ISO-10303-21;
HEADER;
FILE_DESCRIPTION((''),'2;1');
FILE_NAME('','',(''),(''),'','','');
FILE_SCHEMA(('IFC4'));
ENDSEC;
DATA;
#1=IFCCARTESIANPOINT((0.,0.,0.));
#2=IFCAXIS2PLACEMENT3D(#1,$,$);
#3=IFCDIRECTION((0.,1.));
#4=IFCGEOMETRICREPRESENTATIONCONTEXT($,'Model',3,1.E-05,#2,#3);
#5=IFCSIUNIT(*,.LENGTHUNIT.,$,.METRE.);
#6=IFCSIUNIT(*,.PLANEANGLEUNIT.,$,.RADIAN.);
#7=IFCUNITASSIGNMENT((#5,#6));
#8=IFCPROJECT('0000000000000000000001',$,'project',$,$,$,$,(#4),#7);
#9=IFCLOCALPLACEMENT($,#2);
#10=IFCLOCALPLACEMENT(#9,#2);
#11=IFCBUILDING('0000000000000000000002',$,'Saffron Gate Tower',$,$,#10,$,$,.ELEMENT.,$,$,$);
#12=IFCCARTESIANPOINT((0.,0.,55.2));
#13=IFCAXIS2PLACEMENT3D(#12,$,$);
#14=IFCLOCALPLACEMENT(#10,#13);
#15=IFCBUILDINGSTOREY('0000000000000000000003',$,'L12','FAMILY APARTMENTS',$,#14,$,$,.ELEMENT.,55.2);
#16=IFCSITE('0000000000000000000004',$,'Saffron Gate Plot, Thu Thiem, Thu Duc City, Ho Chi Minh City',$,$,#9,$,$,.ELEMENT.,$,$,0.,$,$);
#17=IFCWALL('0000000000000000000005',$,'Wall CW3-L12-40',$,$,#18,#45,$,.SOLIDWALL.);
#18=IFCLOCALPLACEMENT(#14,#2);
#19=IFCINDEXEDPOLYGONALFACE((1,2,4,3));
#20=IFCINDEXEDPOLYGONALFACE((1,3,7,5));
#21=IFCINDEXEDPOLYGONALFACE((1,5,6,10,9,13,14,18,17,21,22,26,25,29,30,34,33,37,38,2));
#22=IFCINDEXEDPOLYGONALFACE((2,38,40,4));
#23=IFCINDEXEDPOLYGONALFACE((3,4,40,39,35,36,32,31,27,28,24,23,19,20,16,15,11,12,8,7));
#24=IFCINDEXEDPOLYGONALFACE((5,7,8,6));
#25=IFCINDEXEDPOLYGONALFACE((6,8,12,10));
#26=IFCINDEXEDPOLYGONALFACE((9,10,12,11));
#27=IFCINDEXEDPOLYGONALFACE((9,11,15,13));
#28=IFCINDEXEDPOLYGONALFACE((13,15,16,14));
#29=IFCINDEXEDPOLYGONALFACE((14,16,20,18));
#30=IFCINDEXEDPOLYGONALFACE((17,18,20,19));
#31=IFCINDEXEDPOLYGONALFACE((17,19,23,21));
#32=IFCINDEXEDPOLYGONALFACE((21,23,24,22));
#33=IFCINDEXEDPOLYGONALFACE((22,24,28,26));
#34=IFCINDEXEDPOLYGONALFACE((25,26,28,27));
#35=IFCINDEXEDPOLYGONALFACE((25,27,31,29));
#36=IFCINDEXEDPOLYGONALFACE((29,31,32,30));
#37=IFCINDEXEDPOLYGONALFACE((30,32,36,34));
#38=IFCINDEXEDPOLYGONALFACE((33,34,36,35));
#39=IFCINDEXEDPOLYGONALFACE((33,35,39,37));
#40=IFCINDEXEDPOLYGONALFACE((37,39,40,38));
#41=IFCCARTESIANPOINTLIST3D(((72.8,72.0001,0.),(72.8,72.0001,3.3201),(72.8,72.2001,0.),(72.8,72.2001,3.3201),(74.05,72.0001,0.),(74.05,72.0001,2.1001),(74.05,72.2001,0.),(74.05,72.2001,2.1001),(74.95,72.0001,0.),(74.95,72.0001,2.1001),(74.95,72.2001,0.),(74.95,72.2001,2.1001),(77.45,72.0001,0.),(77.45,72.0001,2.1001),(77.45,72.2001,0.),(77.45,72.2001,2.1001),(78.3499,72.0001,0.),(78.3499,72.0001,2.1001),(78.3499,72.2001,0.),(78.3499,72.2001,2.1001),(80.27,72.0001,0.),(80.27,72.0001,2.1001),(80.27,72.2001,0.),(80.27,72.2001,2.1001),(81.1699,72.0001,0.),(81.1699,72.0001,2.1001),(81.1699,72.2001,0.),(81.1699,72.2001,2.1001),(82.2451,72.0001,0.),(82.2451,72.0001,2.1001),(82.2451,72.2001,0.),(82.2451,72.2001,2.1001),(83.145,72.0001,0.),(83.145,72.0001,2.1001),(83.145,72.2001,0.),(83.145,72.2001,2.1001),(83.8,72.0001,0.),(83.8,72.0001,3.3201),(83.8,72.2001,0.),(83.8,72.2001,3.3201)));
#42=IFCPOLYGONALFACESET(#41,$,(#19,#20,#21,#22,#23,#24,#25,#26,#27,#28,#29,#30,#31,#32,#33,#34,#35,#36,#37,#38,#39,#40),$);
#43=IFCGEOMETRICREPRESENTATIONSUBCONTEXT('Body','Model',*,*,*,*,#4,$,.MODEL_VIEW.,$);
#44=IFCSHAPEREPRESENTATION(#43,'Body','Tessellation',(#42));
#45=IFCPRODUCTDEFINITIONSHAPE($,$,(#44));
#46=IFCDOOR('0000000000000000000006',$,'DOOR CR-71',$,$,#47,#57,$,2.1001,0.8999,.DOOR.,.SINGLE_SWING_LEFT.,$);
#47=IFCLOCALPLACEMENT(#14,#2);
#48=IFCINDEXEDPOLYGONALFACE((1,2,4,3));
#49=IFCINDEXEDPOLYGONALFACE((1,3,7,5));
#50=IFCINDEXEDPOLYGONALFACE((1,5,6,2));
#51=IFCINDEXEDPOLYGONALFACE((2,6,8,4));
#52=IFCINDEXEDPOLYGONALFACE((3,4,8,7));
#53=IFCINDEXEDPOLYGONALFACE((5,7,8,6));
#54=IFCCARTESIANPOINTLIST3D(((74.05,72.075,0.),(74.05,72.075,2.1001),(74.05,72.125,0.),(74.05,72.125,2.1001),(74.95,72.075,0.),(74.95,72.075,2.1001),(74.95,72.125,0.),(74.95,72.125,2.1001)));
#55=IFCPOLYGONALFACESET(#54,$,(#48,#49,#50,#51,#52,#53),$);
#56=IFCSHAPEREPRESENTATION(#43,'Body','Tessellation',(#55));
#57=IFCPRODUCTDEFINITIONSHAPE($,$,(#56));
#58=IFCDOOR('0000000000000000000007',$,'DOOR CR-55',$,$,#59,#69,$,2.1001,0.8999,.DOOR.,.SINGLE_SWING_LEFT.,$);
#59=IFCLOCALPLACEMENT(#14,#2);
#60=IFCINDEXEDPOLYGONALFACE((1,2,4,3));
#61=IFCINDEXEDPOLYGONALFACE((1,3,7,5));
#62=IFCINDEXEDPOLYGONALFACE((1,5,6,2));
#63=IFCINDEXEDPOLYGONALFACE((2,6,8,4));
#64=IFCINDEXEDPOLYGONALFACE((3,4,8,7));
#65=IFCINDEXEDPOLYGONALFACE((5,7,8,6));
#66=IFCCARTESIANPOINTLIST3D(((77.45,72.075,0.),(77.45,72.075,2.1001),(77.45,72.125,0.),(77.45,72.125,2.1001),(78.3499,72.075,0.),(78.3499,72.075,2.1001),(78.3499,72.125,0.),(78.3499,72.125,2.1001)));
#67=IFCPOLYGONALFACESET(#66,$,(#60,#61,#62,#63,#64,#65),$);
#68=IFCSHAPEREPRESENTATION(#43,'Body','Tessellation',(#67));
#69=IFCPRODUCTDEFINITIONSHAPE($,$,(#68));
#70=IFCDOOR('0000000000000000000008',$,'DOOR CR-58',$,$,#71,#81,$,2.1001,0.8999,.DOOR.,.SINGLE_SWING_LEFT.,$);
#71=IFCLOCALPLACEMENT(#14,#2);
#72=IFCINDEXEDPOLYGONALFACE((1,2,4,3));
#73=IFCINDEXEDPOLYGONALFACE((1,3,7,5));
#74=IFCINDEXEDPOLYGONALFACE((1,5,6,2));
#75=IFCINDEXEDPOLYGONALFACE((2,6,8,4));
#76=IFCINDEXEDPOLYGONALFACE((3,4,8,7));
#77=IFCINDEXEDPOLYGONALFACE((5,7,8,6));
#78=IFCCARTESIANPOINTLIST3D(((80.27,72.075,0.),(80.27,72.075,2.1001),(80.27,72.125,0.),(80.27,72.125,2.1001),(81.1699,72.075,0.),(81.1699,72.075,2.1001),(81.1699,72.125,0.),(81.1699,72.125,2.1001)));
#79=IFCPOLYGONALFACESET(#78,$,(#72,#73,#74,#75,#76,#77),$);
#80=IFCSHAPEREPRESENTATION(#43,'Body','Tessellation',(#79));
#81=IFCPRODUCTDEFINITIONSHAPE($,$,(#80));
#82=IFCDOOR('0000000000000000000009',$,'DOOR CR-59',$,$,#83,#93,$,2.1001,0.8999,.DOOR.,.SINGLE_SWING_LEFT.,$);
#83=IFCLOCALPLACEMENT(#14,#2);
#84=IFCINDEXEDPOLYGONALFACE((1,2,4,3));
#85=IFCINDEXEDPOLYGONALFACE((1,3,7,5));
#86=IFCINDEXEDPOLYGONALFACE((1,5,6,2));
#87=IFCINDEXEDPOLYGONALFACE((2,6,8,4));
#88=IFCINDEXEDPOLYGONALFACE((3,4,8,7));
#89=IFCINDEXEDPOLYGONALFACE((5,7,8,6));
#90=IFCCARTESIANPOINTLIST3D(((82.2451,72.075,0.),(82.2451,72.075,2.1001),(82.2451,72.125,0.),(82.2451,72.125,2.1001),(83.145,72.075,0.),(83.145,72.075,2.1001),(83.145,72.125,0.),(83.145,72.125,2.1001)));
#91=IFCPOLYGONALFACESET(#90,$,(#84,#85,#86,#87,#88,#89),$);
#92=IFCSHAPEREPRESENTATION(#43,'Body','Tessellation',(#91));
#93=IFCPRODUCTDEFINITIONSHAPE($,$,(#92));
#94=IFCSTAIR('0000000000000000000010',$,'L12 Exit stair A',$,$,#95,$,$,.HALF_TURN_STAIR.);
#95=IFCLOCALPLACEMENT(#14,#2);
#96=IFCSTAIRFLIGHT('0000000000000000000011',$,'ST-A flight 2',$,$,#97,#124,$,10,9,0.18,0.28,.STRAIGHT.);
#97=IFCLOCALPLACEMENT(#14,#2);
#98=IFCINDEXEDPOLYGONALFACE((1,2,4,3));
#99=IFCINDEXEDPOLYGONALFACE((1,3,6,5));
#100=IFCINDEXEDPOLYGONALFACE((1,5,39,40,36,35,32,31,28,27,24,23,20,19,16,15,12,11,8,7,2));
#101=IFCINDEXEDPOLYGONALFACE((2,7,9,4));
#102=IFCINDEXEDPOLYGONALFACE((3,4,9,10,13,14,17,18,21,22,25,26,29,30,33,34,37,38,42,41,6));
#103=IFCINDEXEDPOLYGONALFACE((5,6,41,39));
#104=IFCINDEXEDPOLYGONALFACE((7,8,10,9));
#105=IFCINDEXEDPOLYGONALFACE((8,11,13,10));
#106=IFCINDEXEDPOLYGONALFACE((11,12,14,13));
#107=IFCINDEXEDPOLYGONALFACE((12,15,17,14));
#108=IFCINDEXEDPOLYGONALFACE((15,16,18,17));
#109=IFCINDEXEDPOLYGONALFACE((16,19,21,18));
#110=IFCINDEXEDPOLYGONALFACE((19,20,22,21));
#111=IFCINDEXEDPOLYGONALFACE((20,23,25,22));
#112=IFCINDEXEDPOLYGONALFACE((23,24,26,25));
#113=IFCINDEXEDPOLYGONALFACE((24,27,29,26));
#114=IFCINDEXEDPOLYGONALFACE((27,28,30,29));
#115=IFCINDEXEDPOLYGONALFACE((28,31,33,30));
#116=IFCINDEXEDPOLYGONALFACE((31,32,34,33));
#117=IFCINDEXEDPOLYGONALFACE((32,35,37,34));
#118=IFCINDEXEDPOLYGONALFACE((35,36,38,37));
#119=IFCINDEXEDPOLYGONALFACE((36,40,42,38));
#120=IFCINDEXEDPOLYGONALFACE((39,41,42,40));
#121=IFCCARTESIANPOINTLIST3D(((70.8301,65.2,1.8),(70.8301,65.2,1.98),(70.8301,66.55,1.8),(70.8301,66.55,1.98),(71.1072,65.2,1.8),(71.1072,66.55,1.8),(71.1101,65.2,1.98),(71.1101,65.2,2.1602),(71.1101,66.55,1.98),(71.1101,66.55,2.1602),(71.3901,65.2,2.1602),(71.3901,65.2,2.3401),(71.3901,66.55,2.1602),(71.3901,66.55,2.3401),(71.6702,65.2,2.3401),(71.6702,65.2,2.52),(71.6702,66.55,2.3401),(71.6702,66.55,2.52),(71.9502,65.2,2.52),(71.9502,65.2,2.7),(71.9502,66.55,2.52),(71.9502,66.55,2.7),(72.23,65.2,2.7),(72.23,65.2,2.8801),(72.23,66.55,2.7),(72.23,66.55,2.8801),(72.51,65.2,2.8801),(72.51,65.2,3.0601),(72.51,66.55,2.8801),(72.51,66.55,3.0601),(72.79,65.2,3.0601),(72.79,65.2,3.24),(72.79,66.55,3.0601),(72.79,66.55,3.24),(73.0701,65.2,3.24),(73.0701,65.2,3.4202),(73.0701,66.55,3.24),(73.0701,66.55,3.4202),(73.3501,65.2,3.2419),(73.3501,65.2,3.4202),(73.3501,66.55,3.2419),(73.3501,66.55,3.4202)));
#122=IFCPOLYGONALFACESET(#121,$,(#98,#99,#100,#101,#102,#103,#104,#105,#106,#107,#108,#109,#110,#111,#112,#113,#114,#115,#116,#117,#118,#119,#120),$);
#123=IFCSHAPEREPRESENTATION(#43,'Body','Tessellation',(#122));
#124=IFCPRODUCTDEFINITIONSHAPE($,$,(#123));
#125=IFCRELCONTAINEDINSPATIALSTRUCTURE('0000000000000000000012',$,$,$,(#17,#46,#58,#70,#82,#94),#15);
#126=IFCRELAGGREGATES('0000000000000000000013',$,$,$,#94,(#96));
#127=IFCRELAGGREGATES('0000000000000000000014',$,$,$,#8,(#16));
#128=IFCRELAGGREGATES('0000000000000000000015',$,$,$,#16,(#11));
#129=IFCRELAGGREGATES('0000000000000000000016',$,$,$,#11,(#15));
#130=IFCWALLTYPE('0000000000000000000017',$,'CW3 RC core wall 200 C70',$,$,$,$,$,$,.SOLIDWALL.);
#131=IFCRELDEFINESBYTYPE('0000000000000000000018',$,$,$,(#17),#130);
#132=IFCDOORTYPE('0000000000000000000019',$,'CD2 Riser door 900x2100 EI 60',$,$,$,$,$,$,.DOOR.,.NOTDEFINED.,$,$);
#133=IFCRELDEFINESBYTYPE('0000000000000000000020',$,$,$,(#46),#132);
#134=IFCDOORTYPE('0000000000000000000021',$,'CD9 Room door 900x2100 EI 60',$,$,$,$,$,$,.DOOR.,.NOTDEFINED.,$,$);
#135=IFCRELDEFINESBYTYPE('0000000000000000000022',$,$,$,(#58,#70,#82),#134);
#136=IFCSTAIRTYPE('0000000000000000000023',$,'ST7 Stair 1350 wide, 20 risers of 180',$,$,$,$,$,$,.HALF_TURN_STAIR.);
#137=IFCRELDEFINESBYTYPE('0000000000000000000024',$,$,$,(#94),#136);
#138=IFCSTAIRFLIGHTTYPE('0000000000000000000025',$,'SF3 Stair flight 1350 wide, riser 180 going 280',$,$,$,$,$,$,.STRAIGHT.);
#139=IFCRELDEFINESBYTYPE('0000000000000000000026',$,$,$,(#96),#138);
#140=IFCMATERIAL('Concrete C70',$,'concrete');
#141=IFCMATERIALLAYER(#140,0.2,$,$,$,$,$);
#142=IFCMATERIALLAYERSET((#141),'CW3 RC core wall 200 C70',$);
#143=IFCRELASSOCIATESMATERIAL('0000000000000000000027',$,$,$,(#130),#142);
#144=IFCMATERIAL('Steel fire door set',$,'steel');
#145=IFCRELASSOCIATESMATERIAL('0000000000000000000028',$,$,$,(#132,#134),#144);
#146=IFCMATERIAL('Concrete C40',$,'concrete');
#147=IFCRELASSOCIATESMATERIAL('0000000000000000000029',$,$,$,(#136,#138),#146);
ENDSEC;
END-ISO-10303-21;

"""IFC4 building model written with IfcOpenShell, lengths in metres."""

from ifc_helpers import new_model, si_unit, direction, frame, frame_2d, origin, place, context, subcontext, project, spatial, polyline, rectangle, outline, extrude, material, layer, layer_set, type_object, element, fill, aggregate, save


model = new_model("IFC4")

# Units and contexts
model_context = context("Model", 3, precision=1e-05, world=origin(), true_north=direction((0.0, 1.0)))
body_context = subcontext(model_context, "Body", "Model", "MODEL_VIEW")
ifc_project = project(units=[si_unit("LENGTHUNIT", "METRE"), si_unit("PLANEANGLEUNIT", "RADIAN")], contexts=[model_context])

# Site, building, storey
site_placement = place(None, origin())
site = spatial("IfcSite", under=ifc_project, at=site_placement, Name="Saffron Gate Plot, Thu Thiem, Thu Duc City, Ho Chi Minh City", CompositionType="ELEMENT", RefElevation=0.0)
building_placement = place(site_placement, origin())
building = spatial("IfcBuilding", under=site, at=building_placement, Name="Saffron Gate Tower", CompositionType="ELEMENT")
storey_placement = place(building_placement, frame((0.0, 0.0, 55.2)))
storey = spatial("IfcBuildingStorey", under=building, at=storey_placement, Name="L12", Description="FAMILY APARTMENTS", CompositionType="ELEMENT", Elevation=55.2)

# Shared definitions
ifc_material_1 = material(Name="Concrete C70", Category="concrete")
ifc_layer = layer(ifc_material_1, 0.2)
ifc_layer_set = layer_set([ifc_layer], Name="CW3 RC core wall 200 C70")
wall_type = type_object("IfcWallType", Name="CW3 RC core wall 200 C70", PredefinedType="SOLIDWALL", material=ifc_layer_set)
ifc_material_2 = material(Name="Steel fire door set", Category="steel")

# Wall, openings, doors
wall_1_placement = place(storey_placement, frame((72.8, 72.1001, 0.0), z_axis=(0.0, 0.0, 1.0), x_axis=(1.0, 0.0, 0.0)))
wall_1 = element("IfcWall", 1, at=wall_1_placement, inside=storey, type_object=wall_type, Name="Wall CW3-L12-40", PredefinedType="SOLIDWALL", context=body_context, shape_type="SweptSolid", body=[
    extrude(rectangle(XDim=11.0, YDim=0.2, at=frame_2d((5.5, 0.0))), origin(), (0.0, 0.0, 1.0), 3.3201),
])
opening_1_placement = place(wall_1_placement, frame((1.25, 0.0, 0.0)))
opening_1 = element("IfcOpeningElement", 2, at=opening_1_placement, cuts=wall_1, PredefinedType="OPENING", context=body_context, shape_type="SweptSolid", body=[
    extrude(rectangle(XDim=0.8999, YDim=2.1001, at=frame_2d((0.45, 1.05))), frame((0.0, 0.1099, 0.0), z_axis=(0.0, -1.0, 0.0), x_axis=(1.0, 0.0, 0.0)), (0.0, 0.0, 1.0), 0.22),
])
opening_2_placement = place(wall_1_placement, frame((4.6499, 0.0, 0.0)))
opening_2 = element("IfcOpeningElement", 3, at=opening_2_placement, cuts=wall_1, PredefinedType="OPENING", context=body_context, shape_type="SweptSolid", body=[
    extrude(rectangle(XDim=0.8999, YDim=2.1001, at=frame_2d((0.45, 1.05))), frame((0.0, 0.1099, 0.0), z_axis=(0.0, -1.0, 0.0), x_axis=(1.0, 0.0, 0.0)), (0.0, 0.0, 1.0), 0.22),
])
opening_3_placement = place(wall_1_placement, frame((7.47, 0.0, 0.0)))
opening_3 = element("IfcOpeningElement", 4, at=opening_3_placement, cuts=wall_1, PredefinedType="OPENING", context=body_context, shape_type="SweptSolid", body=[
    extrude(rectangle(XDim=0.8999, YDim=2.1001, at=frame_2d((0.45, 1.05))), frame((0.0, 0.1099, 0.0), z_axis=(0.0, -1.0, 0.0), x_axis=(1.0, 0.0, 0.0)), (0.0, 0.0, 1.0), 0.22),
])
opening_4_placement = place(wall_1_placement, frame((9.4451, 0.0, 0.0)))
opening_4 = element("IfcOpeningElement", 5, at=opening_4_placement, cuts=wall_1, PredefinedType="OPENING", context=body_context, shape_type="SweptSolid", body=[
    extrude(rectangle(XDim=0.8999, YDim=2.1001, at=frame_2d((0.45, 1.05))), frame((0.0, 0.1099, 0.0), z_axis=(0.0, -1.0, 0.0), x_axis=(1.0, 0.0, 0.0)), (0.0, 0.0, 1.0), 0.22),
])
door_type_1 = type_object("IfcDoorType", Name="CD2 Riser door 900x2100 EI 60", OperationType="NOTDEFINED", PredefinedType="DOOR", material=ifc_material_2)
door_1_placement = place(opening_1_placement, origin())
door_1 = element("IfcDoor", 6, at=door_1_placement, inside=storey, type_object=door_type_1, Name="DOOR CR-71", OperationType="SINGLE_SWING_LEFT", OverallHeight=2.1001, OverallWidth=0.8999, PredefinedType="DOOR", context=body_context, shape_type="SweptSolid", body=[
    extrude(rectangle(XDim=0.8999, YDim=2.1001, at=frame_2d((0.45, 1.05))), frame((0.0, 0.0249, 0.0), z_axis=(0.0, -1.0, 0.0), x_axis=(1.0, 0.0, 0.0)), (0.0, 0.0, 1.0), 0.05),
])
fill(opening_1, door_1)
door_type_2 = type_object("IfcDoorType", Name="CD9 Room door 900x2100 EI 60", OperationType="NOTDEFINED", PredefinedType="DOOR", material=ifc_material_2)
door_2_placement = place(opening_2_placement, origin())
door_2 = element("IfcDoor", 7, at=door_2_placement, inside=storey, type_object=door_type_2, Name="DOOR CR-55", OperationType="SINGLE_SWING_LEFT", OverallHeight=2.1001, OverallWidth=0.8999, PredefinedType="DOOR", context=body_context, shape_type="SweptSolid", body=[
    extrude(rectangle(XDim=0.8999, YDim=2.1001, at=frame_2d((0.45, 1.05))), frame((0.0, 0.0249, 0.0), z_axis=(0.0, -1.0, 0.0), x_axis=(1.0, 0.0, 0.0)), (0.0, 0.0, 1.0), 0.05),
])
fill(opening_2, door_2)
door_3_placement = place(opening_3_placement, origin())
door_3 = element("IfcDoor", 8, at=door_3_placement, inside=storey, type_object=door_type_2, Name="DOOR CR-58", OperationType="SINGLE_SWING_LEFT", OverallHeight=2.1001, OverallWidth=0.8999, PredefinedType="DOOR", context=body_context, shape_type="SweptSolid", body=[
    extrude(rectangle(XDim=0.8999, YDim=2.1001, at=frame_2d((0.45, 1.05))), frame((0.0, 0.0249, 0.0), z_axis=(0.0, -1.0, 0.0), x_axis=(1.0, 0.0, 0.0)), (0.0, 0.0, 1.0), 0.05),
])
fill(opening_3, door_3)
door_4_placement = place(opening_4_placement, origin())
door_4 = element("IfcDoor", 9, at=door_4_placement, inside=storey, type_object=door_type_2, Name="DOOR CR-59", OperationType="SINGLE_SWING_LEFT", OverallHeight=2.1001, OverallWidth=0.8999, PredefinedType="DOOR", context=body_context, shape_type="SweptSolid", body=[
    extrude(rectangle(XDim=0.8999, YDim=2.1001, at=frame_2d((0.45, 1.05))), frame((0.0, 0.0249, 0.0), z_axis=(0.0, -1.0, 0.0), x_axis=(1.0, 0.0, 0.0)), (0.0, 0.0, 1.0), 0.05),
])
fill(opening_4, door_4)

# Stair, stair flight
ifc_material_3 = material(Name="Concrete C40", Category="concrete")
stair_type = type_object("IfcStairType", Name="ST7 Stair 1350 wide, 20 risers of 180", PredefinedType="HALF_TURN_STAIR", material=ifc_material_3)
stair_placement = place(storey_placement, origin())
stair = element("IfcStair", 10, at=stair_placement, inside=storey, type_object=stair_type, Name="L12 Exit stair A", PredefinedType="HALF_TURN_STAIR")
stair_flight_type = type_object("IfcStairFlightType", Name="SF3 Stair flight 1350 wide, riser 180 going 280", PredefinedType="STRAIGHT", material=ifc_material_3)
stair_flight_placement = place(storey_placement, frame((70.8301, 65.875, 1.8), z_axis=(0.0, 0.0, 1.0), x_axis=(1.0, 0.0, 0.0)))
stair_flight = element("IfcStairFlight", 11, at=stair_flight_placement, type_object=stair_flight_type, Name="ST-A flight 2", NumberOfRisers=10, NumberOfTreads=9, PredefinedType="STRAIGHT", RiserHeight=0.18, TreadLength=0.28, context=body_context, shape_type="SweptSolid", body=[
    extrude(outline(polyline([(0.0, 0.0), (0.0, 0.1799), (0.28, 0.1799), (0.28, 0.3601), (0.5601, 0.3601), (0.5601, 0.54), (0.8401, 0.54), (0.8401, 0.72), (1.1201, 0.72), (1.1201, 0.8999), (1.3999, 0.8999), (1.3999, 1.0801), (1.6799, 1.0801), (1.6799, 1.26), (1.96, 1.26), (1.96, 1.4399), (2.24, 1.4399), (2.24, 1.6201), (2.52, 1.6201), (2.52, 1.8), (2.52, 1.4419), (0.2771, 0.0), (0.0, 0.0)])), frame((0.0, 0.675, 0.0), z_axis=(0.0, -1.0, 0.0), x_axis=(1.0, 0.0, 0.0)), (0.0, 0.0, 1.0), 1.3501),
])
aggregate(stair, [stair_flight])

save(model, "model.ifc")
